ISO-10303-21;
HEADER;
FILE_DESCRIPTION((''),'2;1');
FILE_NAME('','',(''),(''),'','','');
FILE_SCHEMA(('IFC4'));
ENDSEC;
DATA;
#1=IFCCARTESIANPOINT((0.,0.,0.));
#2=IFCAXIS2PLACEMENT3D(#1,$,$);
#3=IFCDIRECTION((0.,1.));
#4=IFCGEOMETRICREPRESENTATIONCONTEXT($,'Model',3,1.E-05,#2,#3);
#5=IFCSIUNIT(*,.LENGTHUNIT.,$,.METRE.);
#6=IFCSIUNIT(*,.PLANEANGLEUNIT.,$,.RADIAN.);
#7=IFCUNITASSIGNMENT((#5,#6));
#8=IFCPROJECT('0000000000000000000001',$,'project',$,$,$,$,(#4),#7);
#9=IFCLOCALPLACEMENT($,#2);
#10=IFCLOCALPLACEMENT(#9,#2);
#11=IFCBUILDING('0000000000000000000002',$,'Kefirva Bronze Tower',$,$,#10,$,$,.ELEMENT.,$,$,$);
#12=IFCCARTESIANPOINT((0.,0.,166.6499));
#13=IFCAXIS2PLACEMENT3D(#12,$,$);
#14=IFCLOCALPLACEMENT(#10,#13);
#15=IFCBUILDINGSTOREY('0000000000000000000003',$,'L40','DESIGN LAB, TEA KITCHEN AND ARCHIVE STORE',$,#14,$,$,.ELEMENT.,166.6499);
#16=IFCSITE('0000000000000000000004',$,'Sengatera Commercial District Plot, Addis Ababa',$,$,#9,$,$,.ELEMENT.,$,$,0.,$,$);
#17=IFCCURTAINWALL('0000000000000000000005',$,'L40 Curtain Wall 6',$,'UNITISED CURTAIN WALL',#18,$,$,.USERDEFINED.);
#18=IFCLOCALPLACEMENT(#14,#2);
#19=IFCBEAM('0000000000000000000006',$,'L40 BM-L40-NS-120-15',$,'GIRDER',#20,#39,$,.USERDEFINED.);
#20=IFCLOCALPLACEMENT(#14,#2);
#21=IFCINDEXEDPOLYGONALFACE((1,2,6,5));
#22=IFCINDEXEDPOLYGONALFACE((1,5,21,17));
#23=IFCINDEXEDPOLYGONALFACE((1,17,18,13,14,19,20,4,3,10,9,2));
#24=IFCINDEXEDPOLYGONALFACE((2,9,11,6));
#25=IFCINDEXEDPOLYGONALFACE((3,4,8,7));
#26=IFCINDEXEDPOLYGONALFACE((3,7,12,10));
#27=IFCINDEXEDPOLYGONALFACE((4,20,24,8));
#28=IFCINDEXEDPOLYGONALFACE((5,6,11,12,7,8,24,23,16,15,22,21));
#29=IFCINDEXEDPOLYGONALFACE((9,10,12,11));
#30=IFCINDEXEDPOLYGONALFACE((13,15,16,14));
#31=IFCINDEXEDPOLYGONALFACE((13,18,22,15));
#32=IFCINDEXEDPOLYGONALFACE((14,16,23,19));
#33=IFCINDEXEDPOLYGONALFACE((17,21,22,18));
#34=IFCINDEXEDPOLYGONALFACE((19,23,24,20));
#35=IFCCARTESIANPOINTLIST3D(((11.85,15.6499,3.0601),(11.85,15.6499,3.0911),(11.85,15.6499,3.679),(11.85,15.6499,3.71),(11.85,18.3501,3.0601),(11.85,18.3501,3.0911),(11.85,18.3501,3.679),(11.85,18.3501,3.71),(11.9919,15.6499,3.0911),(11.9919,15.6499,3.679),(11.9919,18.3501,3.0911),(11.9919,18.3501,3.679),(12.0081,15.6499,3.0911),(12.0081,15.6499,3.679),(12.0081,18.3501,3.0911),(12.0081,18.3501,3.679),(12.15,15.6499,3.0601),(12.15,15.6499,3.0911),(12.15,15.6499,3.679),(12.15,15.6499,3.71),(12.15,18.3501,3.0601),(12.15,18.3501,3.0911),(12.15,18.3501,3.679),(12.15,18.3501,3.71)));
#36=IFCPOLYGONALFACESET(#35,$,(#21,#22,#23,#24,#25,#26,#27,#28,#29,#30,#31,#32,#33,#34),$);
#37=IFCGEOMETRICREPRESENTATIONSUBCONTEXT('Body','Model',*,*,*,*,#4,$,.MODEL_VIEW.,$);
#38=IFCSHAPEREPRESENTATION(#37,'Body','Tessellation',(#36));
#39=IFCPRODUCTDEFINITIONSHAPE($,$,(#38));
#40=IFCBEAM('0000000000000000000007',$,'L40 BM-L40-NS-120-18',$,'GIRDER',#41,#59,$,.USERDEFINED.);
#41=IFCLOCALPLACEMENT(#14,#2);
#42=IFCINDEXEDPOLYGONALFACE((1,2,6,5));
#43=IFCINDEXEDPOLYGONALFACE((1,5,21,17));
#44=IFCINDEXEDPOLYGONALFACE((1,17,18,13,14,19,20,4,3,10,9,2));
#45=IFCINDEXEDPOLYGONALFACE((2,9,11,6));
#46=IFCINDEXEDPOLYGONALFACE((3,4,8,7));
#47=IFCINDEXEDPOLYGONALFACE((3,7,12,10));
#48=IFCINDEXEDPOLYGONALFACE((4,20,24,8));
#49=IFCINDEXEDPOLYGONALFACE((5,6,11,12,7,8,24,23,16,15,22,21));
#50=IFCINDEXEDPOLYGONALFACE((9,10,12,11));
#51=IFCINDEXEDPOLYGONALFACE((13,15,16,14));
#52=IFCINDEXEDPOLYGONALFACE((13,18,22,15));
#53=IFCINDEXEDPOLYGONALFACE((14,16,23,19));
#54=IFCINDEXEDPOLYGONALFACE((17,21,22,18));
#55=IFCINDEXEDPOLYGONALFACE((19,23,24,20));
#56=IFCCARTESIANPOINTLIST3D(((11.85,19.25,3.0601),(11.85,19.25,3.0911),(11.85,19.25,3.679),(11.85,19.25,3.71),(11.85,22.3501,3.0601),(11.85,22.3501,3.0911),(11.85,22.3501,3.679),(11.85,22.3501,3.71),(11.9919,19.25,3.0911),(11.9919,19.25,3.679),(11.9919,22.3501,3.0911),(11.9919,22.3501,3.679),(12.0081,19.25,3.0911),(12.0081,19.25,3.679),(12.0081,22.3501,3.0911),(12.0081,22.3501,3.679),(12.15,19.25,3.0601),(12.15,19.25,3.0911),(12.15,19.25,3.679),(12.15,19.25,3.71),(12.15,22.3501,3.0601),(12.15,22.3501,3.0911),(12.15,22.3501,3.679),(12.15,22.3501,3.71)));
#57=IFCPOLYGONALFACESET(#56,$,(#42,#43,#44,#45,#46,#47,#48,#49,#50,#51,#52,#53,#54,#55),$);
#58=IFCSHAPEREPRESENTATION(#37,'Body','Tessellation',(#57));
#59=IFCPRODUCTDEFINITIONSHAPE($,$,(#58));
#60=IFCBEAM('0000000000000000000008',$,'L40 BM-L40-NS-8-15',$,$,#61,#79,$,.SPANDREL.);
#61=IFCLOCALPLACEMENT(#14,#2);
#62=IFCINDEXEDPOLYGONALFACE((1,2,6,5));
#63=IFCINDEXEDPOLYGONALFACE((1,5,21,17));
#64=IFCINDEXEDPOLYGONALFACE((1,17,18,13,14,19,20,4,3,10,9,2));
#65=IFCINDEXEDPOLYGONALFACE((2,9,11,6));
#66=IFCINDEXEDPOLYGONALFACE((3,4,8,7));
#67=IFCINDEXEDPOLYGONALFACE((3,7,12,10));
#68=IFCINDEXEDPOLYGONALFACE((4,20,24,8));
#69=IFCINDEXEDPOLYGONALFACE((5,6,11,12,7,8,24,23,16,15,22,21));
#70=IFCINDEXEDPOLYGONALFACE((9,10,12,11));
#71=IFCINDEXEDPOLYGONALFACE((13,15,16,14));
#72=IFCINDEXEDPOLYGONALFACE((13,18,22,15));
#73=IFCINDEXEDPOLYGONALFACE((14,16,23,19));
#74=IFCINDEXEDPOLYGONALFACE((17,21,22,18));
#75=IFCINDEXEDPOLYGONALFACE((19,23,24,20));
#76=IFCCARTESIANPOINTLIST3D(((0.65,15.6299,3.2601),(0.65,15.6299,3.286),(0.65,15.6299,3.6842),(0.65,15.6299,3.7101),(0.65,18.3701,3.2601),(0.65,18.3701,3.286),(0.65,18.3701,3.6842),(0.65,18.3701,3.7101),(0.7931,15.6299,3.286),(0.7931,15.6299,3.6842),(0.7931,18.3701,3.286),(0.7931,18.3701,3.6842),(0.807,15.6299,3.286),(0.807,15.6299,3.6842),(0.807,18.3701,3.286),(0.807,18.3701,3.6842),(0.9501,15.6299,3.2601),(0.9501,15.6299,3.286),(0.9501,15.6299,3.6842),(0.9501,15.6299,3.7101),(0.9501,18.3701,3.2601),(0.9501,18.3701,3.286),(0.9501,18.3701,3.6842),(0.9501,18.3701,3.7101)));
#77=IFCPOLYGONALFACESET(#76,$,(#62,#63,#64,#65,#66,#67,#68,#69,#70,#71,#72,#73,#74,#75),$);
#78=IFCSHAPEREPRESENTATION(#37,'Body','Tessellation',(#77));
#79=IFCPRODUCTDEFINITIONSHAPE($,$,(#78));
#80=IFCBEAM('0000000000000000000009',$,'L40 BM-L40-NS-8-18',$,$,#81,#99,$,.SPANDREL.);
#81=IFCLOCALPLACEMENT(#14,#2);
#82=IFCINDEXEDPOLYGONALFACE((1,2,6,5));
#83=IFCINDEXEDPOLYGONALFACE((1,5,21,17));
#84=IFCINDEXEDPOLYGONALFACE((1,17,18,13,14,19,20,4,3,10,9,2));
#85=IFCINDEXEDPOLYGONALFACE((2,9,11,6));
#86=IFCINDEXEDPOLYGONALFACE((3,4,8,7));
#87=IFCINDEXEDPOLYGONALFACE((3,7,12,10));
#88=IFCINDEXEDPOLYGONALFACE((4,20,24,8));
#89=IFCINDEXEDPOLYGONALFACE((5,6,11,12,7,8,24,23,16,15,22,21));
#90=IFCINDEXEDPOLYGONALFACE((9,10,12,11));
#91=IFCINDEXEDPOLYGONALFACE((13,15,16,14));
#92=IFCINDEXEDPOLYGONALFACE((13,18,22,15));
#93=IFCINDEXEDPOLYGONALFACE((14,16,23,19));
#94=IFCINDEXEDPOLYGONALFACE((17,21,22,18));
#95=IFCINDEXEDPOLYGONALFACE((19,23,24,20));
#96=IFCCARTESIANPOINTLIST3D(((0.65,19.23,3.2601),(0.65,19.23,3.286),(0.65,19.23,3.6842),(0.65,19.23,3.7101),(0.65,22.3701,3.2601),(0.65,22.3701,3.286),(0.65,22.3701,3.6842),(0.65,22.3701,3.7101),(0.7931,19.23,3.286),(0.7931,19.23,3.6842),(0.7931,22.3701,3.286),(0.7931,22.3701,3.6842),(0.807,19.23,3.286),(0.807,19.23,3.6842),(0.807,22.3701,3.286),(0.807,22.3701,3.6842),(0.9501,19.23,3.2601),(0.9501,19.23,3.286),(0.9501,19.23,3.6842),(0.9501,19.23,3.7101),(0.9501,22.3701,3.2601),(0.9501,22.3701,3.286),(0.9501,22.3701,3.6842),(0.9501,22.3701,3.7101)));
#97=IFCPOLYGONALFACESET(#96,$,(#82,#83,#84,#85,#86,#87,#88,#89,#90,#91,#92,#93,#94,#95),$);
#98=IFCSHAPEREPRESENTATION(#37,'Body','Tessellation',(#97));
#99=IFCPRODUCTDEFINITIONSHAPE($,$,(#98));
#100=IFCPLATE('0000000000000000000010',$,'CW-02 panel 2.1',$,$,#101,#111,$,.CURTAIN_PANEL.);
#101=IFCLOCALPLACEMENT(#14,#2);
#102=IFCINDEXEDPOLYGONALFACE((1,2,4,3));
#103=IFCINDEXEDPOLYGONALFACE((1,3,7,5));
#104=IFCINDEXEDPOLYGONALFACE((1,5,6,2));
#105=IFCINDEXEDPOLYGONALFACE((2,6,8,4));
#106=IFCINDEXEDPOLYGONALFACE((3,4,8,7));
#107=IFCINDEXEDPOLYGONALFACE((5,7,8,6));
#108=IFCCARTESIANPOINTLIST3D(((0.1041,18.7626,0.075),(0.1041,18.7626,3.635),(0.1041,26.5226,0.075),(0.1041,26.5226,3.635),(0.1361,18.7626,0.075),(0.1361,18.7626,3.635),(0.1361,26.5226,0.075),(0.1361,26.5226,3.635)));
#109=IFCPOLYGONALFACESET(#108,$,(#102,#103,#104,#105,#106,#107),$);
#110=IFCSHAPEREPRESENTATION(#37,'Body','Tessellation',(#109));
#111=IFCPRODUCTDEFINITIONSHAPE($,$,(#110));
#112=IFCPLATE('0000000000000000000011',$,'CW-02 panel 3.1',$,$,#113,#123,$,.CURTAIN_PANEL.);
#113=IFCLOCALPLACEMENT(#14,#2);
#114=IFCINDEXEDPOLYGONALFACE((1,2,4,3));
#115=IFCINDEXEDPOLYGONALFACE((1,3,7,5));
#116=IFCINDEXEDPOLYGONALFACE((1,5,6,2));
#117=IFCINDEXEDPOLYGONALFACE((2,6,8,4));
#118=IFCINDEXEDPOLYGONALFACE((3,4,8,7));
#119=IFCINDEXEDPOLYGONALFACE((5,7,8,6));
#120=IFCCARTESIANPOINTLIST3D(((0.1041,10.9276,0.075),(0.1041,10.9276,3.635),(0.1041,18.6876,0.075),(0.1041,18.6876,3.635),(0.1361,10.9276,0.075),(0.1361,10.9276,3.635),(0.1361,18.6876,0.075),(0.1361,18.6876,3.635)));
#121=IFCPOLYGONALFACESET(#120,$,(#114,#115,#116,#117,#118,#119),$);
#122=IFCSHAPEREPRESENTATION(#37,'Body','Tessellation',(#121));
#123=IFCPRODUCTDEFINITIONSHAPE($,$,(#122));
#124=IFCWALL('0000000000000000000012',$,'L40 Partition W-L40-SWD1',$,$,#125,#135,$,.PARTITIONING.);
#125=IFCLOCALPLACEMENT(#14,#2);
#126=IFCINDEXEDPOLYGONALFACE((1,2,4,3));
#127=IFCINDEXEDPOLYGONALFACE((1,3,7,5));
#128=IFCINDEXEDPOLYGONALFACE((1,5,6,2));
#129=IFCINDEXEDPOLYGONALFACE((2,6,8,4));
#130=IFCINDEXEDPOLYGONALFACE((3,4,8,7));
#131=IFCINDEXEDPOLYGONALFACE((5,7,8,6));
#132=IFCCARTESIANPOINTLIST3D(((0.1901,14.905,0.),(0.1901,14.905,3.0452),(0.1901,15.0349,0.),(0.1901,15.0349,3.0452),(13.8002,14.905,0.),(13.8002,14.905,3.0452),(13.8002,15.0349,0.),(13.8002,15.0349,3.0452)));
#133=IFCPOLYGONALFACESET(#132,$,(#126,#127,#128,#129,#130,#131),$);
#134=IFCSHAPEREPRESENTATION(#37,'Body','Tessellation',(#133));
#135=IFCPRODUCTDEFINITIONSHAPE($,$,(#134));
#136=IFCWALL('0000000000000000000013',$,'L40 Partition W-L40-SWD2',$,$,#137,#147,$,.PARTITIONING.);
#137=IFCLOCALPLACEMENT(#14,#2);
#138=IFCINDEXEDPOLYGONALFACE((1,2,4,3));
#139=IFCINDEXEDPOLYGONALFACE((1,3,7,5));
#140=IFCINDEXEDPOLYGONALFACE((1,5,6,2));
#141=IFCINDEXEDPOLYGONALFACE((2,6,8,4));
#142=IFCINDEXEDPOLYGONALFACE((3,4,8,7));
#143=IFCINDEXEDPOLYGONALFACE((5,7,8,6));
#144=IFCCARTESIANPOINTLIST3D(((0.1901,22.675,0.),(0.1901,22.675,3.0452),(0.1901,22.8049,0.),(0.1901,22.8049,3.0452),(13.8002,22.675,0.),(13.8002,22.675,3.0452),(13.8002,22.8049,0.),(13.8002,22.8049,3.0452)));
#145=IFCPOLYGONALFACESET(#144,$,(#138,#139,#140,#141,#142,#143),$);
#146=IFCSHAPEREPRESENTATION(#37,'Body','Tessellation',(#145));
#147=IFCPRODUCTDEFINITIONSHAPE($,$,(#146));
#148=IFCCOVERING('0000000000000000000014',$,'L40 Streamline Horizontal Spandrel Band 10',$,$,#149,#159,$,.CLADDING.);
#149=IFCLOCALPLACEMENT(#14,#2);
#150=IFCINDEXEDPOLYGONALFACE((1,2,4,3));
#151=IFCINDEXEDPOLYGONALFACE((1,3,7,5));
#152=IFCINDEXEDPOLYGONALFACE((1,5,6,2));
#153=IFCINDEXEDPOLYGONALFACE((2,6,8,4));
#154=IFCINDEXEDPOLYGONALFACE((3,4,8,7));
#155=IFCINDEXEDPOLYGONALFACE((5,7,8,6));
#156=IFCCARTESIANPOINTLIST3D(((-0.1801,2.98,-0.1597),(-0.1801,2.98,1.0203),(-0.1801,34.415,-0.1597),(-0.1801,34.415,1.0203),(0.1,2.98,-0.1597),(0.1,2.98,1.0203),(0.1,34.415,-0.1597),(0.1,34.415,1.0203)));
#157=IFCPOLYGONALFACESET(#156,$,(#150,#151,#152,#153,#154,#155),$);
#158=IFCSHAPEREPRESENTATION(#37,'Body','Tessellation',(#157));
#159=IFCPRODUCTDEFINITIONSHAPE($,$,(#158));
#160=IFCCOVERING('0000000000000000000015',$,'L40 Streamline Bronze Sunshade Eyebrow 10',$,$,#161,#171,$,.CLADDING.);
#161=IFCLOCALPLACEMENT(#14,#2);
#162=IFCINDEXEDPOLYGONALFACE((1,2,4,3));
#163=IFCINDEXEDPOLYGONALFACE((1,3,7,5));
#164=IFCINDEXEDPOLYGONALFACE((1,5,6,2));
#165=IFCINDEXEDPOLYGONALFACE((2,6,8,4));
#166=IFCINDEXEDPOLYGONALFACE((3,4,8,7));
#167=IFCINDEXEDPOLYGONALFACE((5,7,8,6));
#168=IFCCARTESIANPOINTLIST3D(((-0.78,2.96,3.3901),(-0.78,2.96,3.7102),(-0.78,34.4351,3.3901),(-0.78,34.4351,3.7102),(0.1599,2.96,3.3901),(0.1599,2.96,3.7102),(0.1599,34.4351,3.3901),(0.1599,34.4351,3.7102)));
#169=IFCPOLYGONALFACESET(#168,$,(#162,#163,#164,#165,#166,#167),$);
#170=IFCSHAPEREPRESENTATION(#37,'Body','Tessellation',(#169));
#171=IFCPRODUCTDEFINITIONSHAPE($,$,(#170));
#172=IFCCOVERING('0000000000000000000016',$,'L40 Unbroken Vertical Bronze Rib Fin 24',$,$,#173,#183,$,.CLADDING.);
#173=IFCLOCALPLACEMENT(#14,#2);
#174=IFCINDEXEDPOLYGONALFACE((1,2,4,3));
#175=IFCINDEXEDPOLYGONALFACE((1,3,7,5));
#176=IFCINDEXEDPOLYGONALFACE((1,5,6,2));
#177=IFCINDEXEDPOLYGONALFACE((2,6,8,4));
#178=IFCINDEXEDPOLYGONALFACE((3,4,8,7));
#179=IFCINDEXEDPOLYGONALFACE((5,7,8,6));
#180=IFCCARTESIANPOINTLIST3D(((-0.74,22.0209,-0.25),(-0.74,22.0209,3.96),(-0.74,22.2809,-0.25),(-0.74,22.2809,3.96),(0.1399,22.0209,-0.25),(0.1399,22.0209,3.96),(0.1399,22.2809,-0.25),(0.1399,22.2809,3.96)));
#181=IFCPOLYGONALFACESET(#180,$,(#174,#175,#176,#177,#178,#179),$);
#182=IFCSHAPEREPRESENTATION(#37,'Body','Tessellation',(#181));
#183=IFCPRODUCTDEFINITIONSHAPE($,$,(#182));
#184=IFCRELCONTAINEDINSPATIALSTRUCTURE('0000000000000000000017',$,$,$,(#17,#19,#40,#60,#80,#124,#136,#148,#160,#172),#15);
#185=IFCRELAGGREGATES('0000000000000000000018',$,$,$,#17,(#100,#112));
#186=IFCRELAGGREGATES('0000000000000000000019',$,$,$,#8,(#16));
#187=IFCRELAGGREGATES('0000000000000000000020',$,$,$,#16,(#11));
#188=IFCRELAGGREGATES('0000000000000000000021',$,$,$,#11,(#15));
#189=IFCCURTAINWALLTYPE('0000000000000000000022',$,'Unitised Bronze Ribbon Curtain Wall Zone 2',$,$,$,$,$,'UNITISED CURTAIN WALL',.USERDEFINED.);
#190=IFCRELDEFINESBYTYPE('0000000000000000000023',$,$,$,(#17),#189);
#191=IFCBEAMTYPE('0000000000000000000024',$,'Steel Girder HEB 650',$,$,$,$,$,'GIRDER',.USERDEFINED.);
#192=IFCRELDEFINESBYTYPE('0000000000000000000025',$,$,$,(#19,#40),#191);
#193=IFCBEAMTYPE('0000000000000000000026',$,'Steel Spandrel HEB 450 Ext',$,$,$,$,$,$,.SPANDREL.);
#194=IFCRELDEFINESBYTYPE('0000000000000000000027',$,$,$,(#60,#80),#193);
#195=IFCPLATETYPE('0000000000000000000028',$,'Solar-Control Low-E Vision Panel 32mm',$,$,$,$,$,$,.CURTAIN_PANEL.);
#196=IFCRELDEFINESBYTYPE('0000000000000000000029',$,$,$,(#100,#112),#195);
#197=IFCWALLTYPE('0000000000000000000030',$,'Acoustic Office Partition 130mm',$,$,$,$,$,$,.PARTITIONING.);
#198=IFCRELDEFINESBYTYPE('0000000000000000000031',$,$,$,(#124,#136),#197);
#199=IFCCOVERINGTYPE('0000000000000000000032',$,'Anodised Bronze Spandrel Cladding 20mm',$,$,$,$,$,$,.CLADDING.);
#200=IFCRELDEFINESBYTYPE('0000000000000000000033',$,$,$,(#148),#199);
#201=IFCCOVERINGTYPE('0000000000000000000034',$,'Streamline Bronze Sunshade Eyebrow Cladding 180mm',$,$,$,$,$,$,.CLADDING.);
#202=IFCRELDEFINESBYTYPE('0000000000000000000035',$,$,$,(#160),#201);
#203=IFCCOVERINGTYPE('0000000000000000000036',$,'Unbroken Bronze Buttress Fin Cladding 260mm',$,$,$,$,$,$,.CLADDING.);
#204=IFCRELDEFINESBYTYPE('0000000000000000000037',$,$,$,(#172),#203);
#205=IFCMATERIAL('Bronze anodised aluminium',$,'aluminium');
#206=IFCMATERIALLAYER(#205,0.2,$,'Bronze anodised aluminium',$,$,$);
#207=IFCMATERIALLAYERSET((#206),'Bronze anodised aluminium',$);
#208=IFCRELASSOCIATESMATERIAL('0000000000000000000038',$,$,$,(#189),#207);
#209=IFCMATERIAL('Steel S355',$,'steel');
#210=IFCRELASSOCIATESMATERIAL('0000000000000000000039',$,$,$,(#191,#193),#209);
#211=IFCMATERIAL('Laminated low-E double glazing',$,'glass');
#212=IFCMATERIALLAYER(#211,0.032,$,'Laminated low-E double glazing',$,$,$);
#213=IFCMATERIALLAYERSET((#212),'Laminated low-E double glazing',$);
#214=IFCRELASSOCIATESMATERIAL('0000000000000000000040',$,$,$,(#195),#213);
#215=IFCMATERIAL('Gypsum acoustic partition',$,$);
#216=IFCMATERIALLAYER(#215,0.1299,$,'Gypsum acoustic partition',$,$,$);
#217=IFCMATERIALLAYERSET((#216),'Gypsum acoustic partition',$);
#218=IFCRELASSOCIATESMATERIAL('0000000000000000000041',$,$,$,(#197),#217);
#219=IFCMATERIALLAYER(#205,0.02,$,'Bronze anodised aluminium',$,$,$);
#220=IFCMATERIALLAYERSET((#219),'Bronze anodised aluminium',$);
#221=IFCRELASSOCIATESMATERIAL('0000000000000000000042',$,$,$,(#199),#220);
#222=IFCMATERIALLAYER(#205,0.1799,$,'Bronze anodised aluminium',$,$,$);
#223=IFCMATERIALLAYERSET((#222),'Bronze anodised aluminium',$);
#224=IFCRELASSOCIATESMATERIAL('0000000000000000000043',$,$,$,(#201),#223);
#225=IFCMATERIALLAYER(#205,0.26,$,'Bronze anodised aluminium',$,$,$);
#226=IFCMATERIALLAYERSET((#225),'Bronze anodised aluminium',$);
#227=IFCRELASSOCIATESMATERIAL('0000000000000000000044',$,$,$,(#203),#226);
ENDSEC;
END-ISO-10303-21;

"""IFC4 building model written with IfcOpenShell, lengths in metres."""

from ifc_helpers import new_model, si_unit, direction, frame, frame_2d, origin, origin_2d, place, context, subcontext, project, spatial, rectangle, i_section, extrude, material, layer, layer_set, material_profile, profile_set, type_object, element, aggregate, save


model = new_model("IFC4")

# Units and contexts
model_context = context("Model", 3, precision=1e-05, world=origin(), true_north=direction((0.0, 1.0)))
body_context = subcontext(model_context, "Body", "Model", "MODEL_VIEW")
ifc_project = project(units=[si_unit("LENGTHUNIT", "METRE"), si_unit("PLANEANGLEUNIT", "RADIAN")], contexts=[model_context])

# Site, building, storey
site_placement = place(None, origin())
site = spatial("IfcSite", under=ifc_project, at=site_placement, Name="Sengatera Commercial District Plot, Addis Ababa", CompositionType="ELEMENT", RefElevation=0.0)
building_placement = place(site_placement, origin())
building = spatial("IfcBuilding", under=site, at=building_placement, Name="Kefirva Bronze Tower", CompositionType="ELEMENT")
storey_placement = place(building_placement, frame((0.0, 0.0, 166.6499)))
storey = spatial("IfcBuildingStorey", under=building, at=storey_placement, Name="L40", Description="DESIGN LAB, TEA KITCHEN AND ARCHIVE STORE", CompositionType="ELEMENT", Elevation=166.6499)

# Curtain wall
ifc_material_1 = material(Name="Bronze anodised aluminium", Category="aluminium")
ifc_layer_1 = layer(ifc_material_1, 0.2, Name="Bronze anodised aluminium")
ifc_layer_set_1 = layer_set([ifc_layer_1], Name="Bronze anodised aluminium")
curtain_wall_type = type_object("IfcCurtainWallType", Name="Unitised Bronze Ribbon Curtain Wall Zone 2", ElementType="UNITISED CURTAIN WALL", PredefinedType="USERDEFINED", material=ifc_layer_set_1)
curtain_wall_placement = place(storey_placement, origin())
curtain_wall = element("IfcCurtainWall", 1, at=curtain_wall_placement, inside=storey, type_object=curtain_wall_type, Name="L40 Curtain Wall 6", ObjectType="UNITISED CURTAIN WALL", PredefinedType="USERDEFINED")

# Beams
ifc_material_2 = material(Name="Steel S355", Category="steel")
ifc_material_profile_1 = material_profile(ifc_material_2, i_section(OverallWidth=0.3, OverallDepth=0.6499, WebThickness=0.0161, FlangeThickness=0.031, at=origin_2d()), Name="HEB 650")
ifc_profile_set_1 = profile_set([ifc_material_profile_1], Name="Steel S355")
beam_type_1 = type_object("IfcBeamType", Name="Steel Girder HEB 650", ElementType="GIRDER", PredefinedType="USERDEFINED", material=ifc_profile_set_1)
beam_1_placement = place(storey_placement, frame((12.0, 15.6499, 3.385), z_axis=(0.0, 1.0, 0.0), x_axis=(-1.0, 0.0, 0.0)))
element("IfcBeam", 2, at=beam_1_placement, inside=storey, type_object=beam_type_1, Name="L40 BM-L40-NS-120-15", ObjectType="GIRDER", PredefinedType="USERDEFINED", context=body_context, shape_type="SweptSolid", body=[
    extrude(i_section(OverallWidth=0.3, OverallDepth=0.6499, WebThickness=0.0161, FlangeThickness=0.031, at=origin_2d()), origin(), (0.0, 0.0, 1.0), 2.7002),
])
beam_2_placement = place(storey_placement, frame((12.0, 19.25, 3.385), z_axis=(0.0, 1.0, 0.0), x_axis=(-1.0, 0.0, 0.0)))
element("IfcBeam", 3, at=beam_2_placement, inside=storey, type_object=beam_type_1, Name="L40 BM-L40-NS-120-18", ObjectType="GIRDER", PredefinedType="USERDEFINED", context=body_context, shape_type="SweptSolid", body=[
    extrude(i_section(OverallWidth=0.3, OverallDepth=0.6499, WebThickness=0.0161, FlangeThickness=0.031, at=origin_2d()), origin(), (0.0, 0.0, 1.0), 3.1001),
])
ifc_material_profile_2 = material_profile(ifc_material_2, i_section(OverallWidth=0.3, OverallDepth=0.45, WebThickness=0.0139, FlangeThickness=0.0259, at=origin_2d()), Name="HEB 450")
ifc_profile_set_2 = profile_set([ifc_material_profile_2], Name="Steel S355")
beam_type_2 = type_object("IfcBeamType", Name="Steel Spandrel HEB 450 Ext", PredefinedType="SPANDREL", material=ifc_profile_set_2)
beam_3_placement = place(storey_placement, frame((0.8, 15.6299, 3.4851), z_axis=(0.0, 1.0, 0.0), x_axis=(-1.0, 0.0, 0.0)))
element("IfcBeam", 4, at=beam_3_placement, inside=storey, type_object=beam_type_2, Name="L40 BM-L40-NS-8-15", PredefinedType="SPANDREL", context=body_context, shape_type="SweptSolid", body=[
    extrude(i_section(OverallWidth=0.3, OverallDepth=0.45, WebThickness=0.0139, FlangeThickness=0.0259, at=origin_2d()), origin(), (0.0, 0.0, 1.0), 2.7402),
])
beam_4_placement = place(storey_placement, frame((0.8, 19.23, 3.4851), z_axis=(0.0, 1.0, 0.0), x_axis=(-1.0, 0.0, 0.0)))
element("IfcBeam", 5, at=beam_4_placement, inside=storey, type_object=beam_type_2, Name="L40 BM-L40-NS-8-18", PredefinedType="SPANDREL", context=body_context, shape_type="SweptSolid", body=[
    extrude(i_section(OverallWidth=0.3, OverallDepth=0.45, WebThickness=0.0139, FlangeThickness=0.0259, at=origin_2d()), origin(), (0.0, 0.0, 1.0), 3.1401),
])

# Plates
ifc_material_3 = material(Name="Laminated low-E double glazing", Category="glass")
ifc_layer_2 = layer(ifc_material_3, 0.032, Name="Laminated low-E double glazing")
ifc_layer_set_2 = layer_set([ifc_layer_2], Name="Laminated low-E double glazing")
plate_type = type_object("IfcPlateType", Name="Solar-Control Low-E Vision Panel 32mm", PredefinedType="CURTAIN_PANEL", material=ifc_layer_set_2)
plate_1_placement = place(storey_placement, frame((0.1201, 22.6426, 0.075), z_axis=(0.0, 0.0, 1.0), x_axis=(0.0, -1.0, 0.0)))
plate_1 = element("IfcPlate", 6, at=plate_1_placement, type_object=plate_type, Name="CW-02 panel 2.1", PredefinedType="CURTAIN_PANEL", context=body_context, shape_type="SweptSolid", body=[
    extrude(rectangle(XDim=7.76, YDim=0.032, at=origin_2d()), origin(), (0.0, 0.0, 1.0), 3.5601),
])
plate_2_placement = place(storey_placement, frame((0.1201, 14.8076, 0.075), z_axis=(0.0, 0.0, 1.0), x_axis=(0.0, -1.0, 0.0)))
plate_2 = element("IfcPlate", 7, at=plate_2_placement, type_object=plate_type, Name="CW-02 panel 3.1", PredefinedType="CURTAIN_PANEL", context=body_context, shape_type="SweptSolid", body=[
    extrude(rectangle(XDim=7.76, YDim=0.032, at=origin_2d()), origin(), (0.0, 0.0, 1.0), 3.5601),
])
aggregate(curtain_wall, [plate_1, plate_2])

# Walls
ifc_material_4 = material(Name="Gypsum acoustic partition")
ifc_layer_3 = layer(ifc_material_4, 0.1299, Name="Gypsum acoustic partition")
ifc_layer_set_3 = layer_set([ifc_layer_3], Name="Gypsum acoustic partition")
wall_type = type_object("IfcWallType", Name="Acoustic Office Partition 130mm", PredefinedType="PARTITIONING", material=ifc_layer_set_3)
for number, where, z_axis, x_axis, name in (
    (8, (0.1899, 14.97, 0.0), (0.0, 0.0, 1.0), (1.0, 0.0, 0.0), "L40 Partition W-L40-SWD1"),
    (9, (0.1899, 22.74, 0.0), (0.0, 0.0, 1.0), (1.0, 0.0, 0.0), "L40 Partition W-L40-SWD2"),
):
    element("IfcWall", number, at=place(storey_placement, frame(where, z_axis=z_axis, x_axis=x_axis)), inside=storey, type_object=wall_type, Name=name, PredefinedType="PARTITIONING", context=body_context, shape_type="SweptSolid", body=[
        extrude(rectangle(XDim=13.6101, YDim=0.1299, at=frame_2d((6.8052, 0.0))), origin(), (0.0, 0.0, 1.0), 3.0452),
    ])

# Coverings
ifc_layer_4 = layer(ifc_material_1, 0.02, Name="Bronze anodised aluminium")
ifc_layer_set_4 = layer_set([ifc_layer_4], Name="Bronze anodised aluminium")
covering_type_1 = type_object("IfcCoveringType", Name="Anodised Bronze Spandrel Cladding 20mm", PredefinedType="CLADDING", material=ifc_layer_set_4)
covering_1_placement = place(storey_placement, frame((-0.04, 18.6975, -0.1597), z_axis=(0.0, 0.0, 1.0), x_axis=(0.0, -1.0, 0.0)))
element("IfcCovering", 10, at=covering_1_placement, inside=storey, type_object=covering_type_1, Name="L40 Streamline Horizontal Spandrel Band 10", PredefinedType="CLADDING", context=body_context, shape_type="SweptSolid", body=[
    extrude(rectangle(XDim=31.4351, YDim=0.28, at=origin_2d()), origin(), (0.0, 0.0, 1.0), 1.1799),
])
ifc_layer_5 = layer(ifc_material_1, 0.1799, Name="Bronze anodised aluminium")
ifc_layer_set_5 = layer_set([ifc_layer_5], Name="Bronze anodised aluminium")
covering_type_2 = type_object("IfcCoveringType", Name="Streamline Bronze Sunshade Eyebrow Cladding 180mm", PredefinedType="CLADDING", material=ifc_layer_set_5)
covering_2_placement = place(storey_placement, frame((-0.3101, 18.6975, 3.3901), z_axis=(0.0, 0.0, 1.0), x_axis=(0.0, -1.0, 0.0)))
element("IfcCovering", 11, at=covering_2_placement, inside=storey, type_object=covering_type_2, Name="L40 Streamline Bronze Sunshade Eyebrow 10", PredefinedType="CLADDING", context=body_context, shape_type="SweptSolid", body=[
    extrude(rectangle(XDim=31.4751, YDim=0.9399, at=origin_2d()), origin(), (0.0, 0.0, 1.0), 0.3201),
])
ifc_layer_6 = layer(ifc_material_1, 0.26, Name="Bronze anodised aluminium")
ifc_layer_set_6 = layer_set([ifc_layer_6], Name="Bronze anodised aluminium")
covering_type_3 = type_object("IfcCoveringType", Name="Unbroken Bronze Buttress Fin Cladding 260mm", PredefinedType="CLADDING", material=ifc_layer_set_6)
for number, where, z_axis, x_axis, name in (
    (12, (-0.3, 22.1509, -0.25), (0.0, 0.0, 1.0), (0.0, -1.0, 0.0), "L40 Unbroken Vertical Bronze Rib Fin 24"),
):
    element("IfcCovering", number, at=place(storey_placement, frame(where, z_axis=z_axis, x_axis=x_axis)), inside=storey, type_object=covering_type_3, Name=name, PredefinedType="CLADDING", context=body_context, shape_type="SweptSolid", body=[
        extrude(rectangle(XDim=0.26, YDim=0.8799, at=origin_2d()), origin(), (0.0, 0.0, 1.0), 4.21),
    ])

save(model, "model.ifc")
